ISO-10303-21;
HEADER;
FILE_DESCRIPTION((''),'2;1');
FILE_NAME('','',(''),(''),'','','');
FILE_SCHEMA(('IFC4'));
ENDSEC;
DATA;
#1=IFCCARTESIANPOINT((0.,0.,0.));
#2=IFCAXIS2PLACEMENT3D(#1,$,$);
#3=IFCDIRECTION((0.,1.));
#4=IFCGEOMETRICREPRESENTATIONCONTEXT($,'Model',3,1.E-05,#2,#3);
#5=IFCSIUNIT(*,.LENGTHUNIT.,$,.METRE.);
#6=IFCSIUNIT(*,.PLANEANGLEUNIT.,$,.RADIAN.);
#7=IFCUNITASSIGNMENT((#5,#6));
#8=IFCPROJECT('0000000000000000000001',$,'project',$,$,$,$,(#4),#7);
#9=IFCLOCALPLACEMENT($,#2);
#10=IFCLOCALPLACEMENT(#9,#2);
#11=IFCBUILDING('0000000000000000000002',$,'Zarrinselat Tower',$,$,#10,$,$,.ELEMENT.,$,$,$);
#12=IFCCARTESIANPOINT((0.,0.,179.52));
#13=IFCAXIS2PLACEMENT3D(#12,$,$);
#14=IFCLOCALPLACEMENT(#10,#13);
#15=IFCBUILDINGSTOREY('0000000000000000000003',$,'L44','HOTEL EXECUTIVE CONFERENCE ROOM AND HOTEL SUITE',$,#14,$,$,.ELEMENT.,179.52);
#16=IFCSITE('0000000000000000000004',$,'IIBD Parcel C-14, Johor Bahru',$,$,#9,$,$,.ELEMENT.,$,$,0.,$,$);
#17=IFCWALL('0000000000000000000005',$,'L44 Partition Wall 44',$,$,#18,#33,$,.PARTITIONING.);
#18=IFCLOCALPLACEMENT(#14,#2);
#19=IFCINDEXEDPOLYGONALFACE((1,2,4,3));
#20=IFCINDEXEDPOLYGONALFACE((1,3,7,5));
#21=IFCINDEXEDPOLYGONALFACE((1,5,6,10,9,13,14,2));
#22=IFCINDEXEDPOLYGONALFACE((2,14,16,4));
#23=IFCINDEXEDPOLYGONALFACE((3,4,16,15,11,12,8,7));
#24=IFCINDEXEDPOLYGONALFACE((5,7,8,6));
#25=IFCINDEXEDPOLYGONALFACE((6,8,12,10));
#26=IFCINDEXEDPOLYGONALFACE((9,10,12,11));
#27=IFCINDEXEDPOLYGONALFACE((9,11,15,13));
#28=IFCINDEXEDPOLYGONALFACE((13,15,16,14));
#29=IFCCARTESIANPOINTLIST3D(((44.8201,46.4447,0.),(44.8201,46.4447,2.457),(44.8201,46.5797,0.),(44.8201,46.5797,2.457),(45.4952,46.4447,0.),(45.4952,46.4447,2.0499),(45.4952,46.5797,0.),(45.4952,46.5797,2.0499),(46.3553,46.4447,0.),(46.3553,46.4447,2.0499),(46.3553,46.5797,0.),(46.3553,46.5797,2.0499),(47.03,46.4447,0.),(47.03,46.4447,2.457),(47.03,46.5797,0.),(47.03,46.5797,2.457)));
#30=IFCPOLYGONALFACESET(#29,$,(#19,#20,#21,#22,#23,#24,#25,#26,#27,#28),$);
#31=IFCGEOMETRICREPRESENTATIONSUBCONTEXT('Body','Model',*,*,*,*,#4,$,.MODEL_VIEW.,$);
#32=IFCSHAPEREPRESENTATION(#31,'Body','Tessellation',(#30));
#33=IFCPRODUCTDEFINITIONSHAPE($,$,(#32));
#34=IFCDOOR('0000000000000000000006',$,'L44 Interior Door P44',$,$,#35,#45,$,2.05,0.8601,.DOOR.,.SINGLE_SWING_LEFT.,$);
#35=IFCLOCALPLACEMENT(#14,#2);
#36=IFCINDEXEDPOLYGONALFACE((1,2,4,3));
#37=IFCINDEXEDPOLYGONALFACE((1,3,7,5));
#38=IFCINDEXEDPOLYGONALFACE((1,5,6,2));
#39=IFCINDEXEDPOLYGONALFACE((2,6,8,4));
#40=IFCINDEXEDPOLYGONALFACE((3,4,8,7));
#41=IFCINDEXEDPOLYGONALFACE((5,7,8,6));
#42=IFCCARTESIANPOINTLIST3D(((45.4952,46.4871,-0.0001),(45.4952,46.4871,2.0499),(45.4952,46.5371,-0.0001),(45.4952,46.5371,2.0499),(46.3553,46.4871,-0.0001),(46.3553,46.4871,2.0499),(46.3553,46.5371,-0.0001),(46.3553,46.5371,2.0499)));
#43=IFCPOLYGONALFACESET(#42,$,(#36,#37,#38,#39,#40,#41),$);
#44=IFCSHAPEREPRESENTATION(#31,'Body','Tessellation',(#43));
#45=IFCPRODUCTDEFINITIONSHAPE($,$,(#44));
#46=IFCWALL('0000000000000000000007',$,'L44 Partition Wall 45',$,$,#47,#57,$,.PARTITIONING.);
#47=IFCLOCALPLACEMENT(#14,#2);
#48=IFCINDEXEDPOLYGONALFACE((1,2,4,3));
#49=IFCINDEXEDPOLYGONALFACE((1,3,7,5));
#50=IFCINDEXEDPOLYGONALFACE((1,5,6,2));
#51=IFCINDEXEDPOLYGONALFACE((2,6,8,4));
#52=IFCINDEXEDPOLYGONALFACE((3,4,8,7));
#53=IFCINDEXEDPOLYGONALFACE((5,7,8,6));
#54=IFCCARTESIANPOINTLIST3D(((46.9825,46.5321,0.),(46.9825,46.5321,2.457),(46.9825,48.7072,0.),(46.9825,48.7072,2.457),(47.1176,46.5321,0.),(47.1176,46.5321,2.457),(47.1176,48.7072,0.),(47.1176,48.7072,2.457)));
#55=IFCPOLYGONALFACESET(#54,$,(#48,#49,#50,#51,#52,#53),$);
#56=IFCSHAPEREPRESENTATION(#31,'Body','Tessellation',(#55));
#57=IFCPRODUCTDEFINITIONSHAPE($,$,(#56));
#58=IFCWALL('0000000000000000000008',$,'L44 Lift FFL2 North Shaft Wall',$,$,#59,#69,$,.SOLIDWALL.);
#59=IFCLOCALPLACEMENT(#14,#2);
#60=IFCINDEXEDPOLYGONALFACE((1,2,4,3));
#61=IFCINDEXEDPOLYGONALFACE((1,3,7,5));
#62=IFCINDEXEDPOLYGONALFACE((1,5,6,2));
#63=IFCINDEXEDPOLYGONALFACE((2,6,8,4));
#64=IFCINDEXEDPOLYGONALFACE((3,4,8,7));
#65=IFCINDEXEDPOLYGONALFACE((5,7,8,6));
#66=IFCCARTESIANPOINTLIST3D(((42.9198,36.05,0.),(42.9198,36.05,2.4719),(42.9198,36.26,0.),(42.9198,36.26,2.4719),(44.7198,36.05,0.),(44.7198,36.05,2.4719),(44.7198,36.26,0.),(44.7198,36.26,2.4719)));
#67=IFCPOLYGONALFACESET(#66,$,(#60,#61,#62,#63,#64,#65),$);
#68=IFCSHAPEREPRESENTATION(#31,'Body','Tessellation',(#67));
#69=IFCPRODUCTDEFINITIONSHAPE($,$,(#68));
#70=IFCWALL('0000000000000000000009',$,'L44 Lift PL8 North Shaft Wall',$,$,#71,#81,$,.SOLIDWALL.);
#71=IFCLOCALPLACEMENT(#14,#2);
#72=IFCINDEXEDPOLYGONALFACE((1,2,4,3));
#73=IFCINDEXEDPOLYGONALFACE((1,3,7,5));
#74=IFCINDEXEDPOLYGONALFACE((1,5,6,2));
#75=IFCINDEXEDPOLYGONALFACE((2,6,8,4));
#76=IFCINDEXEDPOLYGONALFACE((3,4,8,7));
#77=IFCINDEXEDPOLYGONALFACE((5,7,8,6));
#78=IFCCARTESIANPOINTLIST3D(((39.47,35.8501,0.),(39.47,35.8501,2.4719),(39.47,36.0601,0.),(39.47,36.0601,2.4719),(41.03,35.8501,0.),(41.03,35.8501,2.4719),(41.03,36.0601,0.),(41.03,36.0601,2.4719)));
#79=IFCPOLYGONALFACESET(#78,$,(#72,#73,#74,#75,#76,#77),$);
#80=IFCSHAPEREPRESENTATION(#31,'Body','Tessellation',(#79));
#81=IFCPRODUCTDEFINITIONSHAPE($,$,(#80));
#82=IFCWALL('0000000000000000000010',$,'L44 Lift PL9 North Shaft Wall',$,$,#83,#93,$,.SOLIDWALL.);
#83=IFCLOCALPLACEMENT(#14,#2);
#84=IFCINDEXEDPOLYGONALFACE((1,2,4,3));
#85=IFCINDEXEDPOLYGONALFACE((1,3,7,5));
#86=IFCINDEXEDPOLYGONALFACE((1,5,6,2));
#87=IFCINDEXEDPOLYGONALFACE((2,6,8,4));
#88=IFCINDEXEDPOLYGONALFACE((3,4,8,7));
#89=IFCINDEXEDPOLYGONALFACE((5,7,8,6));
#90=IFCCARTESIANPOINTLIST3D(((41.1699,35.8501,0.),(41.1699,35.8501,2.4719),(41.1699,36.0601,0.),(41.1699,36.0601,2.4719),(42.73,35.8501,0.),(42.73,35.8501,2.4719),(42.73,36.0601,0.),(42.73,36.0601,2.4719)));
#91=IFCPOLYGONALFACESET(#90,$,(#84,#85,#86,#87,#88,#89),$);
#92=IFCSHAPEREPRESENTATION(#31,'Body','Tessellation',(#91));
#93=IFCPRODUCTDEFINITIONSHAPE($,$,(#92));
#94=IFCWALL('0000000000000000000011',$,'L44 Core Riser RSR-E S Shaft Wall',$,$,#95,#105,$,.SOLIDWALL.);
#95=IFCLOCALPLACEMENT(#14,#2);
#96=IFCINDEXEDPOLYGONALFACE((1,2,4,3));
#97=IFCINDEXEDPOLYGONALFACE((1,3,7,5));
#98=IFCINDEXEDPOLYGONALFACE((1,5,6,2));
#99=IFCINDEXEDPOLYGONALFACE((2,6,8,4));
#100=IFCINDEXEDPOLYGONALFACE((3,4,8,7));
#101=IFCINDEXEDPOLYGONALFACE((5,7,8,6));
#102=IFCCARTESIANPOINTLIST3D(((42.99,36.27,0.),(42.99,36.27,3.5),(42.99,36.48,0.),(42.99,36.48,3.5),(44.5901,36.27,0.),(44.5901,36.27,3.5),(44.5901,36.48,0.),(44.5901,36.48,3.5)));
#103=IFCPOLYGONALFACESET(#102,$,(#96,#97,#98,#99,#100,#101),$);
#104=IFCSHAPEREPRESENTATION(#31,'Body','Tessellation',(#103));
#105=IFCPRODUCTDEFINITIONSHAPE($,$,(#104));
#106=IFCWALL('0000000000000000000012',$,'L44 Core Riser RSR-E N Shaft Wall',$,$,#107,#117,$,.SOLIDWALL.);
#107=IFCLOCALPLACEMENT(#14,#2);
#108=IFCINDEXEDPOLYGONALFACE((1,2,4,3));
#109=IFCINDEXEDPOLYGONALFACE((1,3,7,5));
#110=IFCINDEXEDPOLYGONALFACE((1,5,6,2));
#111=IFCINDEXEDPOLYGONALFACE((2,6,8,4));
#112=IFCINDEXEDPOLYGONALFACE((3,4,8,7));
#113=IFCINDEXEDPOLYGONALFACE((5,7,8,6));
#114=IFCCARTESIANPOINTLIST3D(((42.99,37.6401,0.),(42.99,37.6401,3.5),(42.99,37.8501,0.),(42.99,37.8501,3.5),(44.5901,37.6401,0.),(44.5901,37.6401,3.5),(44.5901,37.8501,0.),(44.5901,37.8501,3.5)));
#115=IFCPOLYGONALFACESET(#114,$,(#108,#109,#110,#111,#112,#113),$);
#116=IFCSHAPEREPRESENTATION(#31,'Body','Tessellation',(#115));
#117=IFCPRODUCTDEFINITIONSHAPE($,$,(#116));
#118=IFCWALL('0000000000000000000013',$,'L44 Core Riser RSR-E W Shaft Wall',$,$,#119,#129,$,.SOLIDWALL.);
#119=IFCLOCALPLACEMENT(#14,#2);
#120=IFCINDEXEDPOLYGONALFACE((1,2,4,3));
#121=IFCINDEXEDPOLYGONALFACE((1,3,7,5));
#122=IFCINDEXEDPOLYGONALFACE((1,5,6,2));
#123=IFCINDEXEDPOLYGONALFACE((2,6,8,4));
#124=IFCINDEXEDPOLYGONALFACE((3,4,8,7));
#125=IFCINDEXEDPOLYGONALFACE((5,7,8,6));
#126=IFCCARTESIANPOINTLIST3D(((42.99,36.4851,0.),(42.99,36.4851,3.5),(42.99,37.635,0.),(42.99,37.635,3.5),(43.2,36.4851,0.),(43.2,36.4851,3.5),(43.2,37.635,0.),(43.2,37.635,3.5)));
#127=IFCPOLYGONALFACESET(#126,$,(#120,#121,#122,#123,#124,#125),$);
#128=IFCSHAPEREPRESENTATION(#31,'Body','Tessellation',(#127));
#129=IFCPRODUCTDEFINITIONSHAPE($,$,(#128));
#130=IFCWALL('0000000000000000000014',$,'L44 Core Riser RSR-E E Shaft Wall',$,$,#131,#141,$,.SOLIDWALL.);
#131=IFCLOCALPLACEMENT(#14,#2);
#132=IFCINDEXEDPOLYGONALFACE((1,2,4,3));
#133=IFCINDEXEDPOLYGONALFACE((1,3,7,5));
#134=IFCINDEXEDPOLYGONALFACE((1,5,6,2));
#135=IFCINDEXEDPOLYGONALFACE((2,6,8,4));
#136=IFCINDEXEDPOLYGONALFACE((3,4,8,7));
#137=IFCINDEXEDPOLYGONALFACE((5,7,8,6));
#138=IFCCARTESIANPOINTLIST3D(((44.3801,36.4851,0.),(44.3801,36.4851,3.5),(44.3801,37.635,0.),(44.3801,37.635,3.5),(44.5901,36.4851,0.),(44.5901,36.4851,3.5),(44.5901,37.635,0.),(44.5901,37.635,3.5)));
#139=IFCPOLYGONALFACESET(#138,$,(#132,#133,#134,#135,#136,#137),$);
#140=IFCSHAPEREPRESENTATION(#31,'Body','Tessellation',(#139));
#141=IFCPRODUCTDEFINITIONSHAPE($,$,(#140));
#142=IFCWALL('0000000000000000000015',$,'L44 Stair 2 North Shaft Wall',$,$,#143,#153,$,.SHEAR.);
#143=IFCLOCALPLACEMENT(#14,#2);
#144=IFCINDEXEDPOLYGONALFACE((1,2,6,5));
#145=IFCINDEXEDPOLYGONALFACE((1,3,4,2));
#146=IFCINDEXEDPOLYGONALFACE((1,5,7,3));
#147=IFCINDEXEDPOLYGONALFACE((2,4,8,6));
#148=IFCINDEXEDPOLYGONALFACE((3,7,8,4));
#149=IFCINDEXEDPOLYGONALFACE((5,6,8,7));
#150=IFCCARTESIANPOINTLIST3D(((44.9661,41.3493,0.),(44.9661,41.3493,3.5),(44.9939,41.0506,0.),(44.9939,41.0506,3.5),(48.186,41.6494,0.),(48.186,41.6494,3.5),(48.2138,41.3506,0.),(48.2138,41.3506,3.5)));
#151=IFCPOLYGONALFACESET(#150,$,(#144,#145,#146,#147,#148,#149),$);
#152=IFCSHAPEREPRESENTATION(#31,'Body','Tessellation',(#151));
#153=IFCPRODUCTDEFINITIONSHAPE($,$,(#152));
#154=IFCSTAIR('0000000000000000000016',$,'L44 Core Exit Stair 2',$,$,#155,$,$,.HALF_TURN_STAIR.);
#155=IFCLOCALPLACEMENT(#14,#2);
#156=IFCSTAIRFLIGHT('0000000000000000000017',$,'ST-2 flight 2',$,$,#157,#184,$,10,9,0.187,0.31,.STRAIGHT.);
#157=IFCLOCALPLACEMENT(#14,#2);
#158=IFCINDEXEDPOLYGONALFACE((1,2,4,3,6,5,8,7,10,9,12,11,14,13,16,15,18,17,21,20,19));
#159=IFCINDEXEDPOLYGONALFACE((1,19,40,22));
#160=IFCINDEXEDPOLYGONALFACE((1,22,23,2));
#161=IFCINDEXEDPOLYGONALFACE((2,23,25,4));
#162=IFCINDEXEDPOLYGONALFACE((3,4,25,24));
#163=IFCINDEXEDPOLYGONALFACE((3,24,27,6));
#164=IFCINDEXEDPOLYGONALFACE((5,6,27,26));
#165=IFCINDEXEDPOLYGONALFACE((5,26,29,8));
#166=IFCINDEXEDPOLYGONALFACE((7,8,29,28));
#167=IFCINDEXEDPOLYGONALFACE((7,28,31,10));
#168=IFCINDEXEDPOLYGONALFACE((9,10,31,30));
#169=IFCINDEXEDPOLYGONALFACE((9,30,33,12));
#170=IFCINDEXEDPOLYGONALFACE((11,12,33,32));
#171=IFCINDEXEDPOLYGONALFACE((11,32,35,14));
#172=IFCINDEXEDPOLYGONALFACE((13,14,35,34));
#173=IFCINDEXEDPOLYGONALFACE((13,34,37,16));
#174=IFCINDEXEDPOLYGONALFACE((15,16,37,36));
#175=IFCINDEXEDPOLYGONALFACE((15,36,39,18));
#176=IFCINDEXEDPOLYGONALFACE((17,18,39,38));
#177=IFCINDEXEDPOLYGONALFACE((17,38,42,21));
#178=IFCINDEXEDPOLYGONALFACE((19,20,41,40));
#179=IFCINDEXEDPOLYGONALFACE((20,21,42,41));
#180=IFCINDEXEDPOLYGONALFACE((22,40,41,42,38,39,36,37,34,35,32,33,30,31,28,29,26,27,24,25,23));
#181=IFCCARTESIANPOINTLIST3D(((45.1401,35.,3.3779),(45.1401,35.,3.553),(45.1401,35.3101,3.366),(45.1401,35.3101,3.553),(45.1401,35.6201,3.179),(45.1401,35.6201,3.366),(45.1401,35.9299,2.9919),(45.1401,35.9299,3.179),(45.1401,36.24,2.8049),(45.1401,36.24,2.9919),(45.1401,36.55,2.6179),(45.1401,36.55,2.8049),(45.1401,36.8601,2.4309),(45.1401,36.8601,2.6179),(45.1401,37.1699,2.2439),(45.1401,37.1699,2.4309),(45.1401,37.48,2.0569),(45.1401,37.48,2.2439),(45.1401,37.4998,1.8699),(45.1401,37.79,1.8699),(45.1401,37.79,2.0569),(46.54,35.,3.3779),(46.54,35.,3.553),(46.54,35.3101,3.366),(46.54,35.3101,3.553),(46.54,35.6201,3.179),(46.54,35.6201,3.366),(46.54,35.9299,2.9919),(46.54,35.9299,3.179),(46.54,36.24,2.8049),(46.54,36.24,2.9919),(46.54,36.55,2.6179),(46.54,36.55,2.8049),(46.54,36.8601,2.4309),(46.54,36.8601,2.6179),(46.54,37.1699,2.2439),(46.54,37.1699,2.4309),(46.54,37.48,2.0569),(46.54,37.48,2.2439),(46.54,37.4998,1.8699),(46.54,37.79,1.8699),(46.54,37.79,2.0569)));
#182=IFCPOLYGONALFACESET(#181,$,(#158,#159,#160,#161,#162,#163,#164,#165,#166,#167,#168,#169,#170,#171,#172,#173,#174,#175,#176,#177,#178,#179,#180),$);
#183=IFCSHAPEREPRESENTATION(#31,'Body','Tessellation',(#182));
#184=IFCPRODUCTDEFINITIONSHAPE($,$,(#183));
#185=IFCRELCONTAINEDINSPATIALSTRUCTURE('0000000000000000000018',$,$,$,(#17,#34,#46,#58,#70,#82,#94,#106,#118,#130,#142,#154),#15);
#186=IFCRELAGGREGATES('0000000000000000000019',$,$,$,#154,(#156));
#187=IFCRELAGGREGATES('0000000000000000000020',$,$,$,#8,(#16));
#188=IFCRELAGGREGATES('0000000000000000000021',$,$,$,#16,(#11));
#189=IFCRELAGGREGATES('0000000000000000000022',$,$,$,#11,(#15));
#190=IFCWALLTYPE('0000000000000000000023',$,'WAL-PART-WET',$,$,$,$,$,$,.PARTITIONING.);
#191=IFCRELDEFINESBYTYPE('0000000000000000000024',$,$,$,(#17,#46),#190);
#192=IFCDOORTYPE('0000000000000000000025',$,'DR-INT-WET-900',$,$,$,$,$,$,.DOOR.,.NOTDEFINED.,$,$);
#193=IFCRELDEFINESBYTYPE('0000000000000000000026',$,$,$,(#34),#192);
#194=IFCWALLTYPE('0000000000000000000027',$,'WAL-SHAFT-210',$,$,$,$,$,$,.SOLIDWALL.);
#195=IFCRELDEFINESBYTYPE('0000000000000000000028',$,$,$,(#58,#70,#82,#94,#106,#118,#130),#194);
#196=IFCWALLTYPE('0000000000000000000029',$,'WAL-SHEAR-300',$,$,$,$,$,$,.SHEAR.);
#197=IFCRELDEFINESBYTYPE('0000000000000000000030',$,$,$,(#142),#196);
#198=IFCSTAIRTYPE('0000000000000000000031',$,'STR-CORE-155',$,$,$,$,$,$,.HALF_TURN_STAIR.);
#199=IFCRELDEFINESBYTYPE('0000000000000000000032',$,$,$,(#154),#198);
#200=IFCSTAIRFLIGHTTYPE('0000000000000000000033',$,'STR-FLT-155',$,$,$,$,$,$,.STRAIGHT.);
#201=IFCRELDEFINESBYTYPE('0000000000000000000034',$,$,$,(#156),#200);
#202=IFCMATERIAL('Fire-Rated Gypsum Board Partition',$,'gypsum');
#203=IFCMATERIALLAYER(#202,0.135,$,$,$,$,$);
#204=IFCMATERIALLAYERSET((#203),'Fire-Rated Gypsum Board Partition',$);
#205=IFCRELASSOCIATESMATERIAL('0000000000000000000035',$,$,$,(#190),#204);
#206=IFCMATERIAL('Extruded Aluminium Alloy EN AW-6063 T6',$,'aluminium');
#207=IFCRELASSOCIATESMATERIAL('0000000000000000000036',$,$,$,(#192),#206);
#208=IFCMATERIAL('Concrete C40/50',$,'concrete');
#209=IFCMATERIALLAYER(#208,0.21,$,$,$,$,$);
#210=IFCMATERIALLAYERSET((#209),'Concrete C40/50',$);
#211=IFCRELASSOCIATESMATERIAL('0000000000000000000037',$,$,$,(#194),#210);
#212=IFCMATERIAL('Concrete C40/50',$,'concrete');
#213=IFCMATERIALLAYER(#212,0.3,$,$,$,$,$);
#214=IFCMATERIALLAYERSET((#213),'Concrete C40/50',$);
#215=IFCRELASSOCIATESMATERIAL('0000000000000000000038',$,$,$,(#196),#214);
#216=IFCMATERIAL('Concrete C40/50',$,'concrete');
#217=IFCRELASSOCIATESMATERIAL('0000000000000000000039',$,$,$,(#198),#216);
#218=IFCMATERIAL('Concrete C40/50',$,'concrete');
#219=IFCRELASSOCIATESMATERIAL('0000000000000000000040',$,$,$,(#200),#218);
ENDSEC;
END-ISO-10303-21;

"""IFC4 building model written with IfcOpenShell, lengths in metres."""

from ifc_helpers import new_model, si_unit, direction, frame, frame_2d, origin, place, context, subcontext, project, spatial, polyline, rectangle, outline, extrude, material, layer, layer_set, type_object, element, fill, aggregate, save


model = new_model("IFC4")

# Units and contexts
model_context = context("Model", 3, precision=1e-05, world=origin(), true_north=direction((0.0, 1.0)))
body_context = subcontext(model_context, "Body", "Model", "MODEL_VIEW")
ifc_project = project(units=[si_unit("LENGTHUNIT", "METRE"), si_unit("PLANEANGLEUNIT", "RADIAN")], contexts=[model_context])

# Site, building, storey
site_placement = place(None, origin())
site = spatial("IfcSite", under=ifc_project, at=site_placement, Name="IIBD Parcel C-14, Johor Bahru", CompositionType="ELEMENT", RefElevation=0.0)
building_placement = place(site_placement, origin())
building = spatial("IfcBuilding", under=site, at=building_placement, Name="Zarrinselat Tower", CompositionType="ELEMENT")
storey_placement = place(building_placement, frame((0.0, 0.0, 179.52)))
storey = spatial("IfcBuildingStorey", under=building, at=storey_placement, Name="L44", Description="HOTEL EXECUTIVE CONFERENCE ROOM AND HOTEL SUITE", CompositionType="ELEMENT", Elevation=179.52)

# Shared definitions
ifc_material_1 = material(Name="Fire-Rated Gypsum Board Partition", Category="gypsum")
ifc_layer_1 = layer(ifc_material_1, 0.135)
ifc_layer_set_1 = layer_set([ifc_layer_1], Name="Fire-Rated Gypsum Board Partition")
wall_type_1 = type_object("IfcWallType", Name="WAL-PART-WET", PredefinedType="PARTITIONING", material=ifc_layer_set_1)

# Wall, opening, door
wall_1_placement = place(storey_placement, frame((44.8201, 46.5122, 0.0), z_axis=(0.0, 0.0, 1.0), x_axis=(1.0, 0.0, 0.0)))
wall_1 = element("IfcWall", 1, at=wall_1_placement, inside=storey, type_object=wall_type_1, Name="L44 Partition Wall 44", PredefinedType="PARTITIONING", context=body_context, shape_type="SweptSolid", body=[
    extrude(rectangle(XDim=2.21, YDim=0.135, at=frame_2d((1.105, 0.0))), origin(), (0.0, 0.0, 1.0), 2.457),
])
opening_placement = place(wall_1_placement, frame((0.675, 0.0, 0.0)))
opening = element("IfcOpeningElement", 2, at=opening_placement, cuts=wall_1, PredefinedType="OPENING", context=body_context, shape_type="SweptSolid", body=[
    extrude(rectangle(XDim=0.8601, YDim=2.05, at=frame_2d((0.4302, 1.0249))), frame((0.0, 0.0774, 0.0), z_axis=(0.0, -1.0, 0.0), x_axis=(1.0, 0.0, 0.0)), (0.0, 0.0, 1.0), 0.155),
])
ifc_material_2 = material(Name="Extruded Aluminium Alloy EN AW-6063 T6", Category="aluminium")
door_type = type_object("IfcDoorType", Name="DR-INT-WET-900", OperationType="NOTDEFINED", PredefinedType="DOOR", material=ifc_material_2)
door_placement = place(opening_placement, origin())
door = element("IfcDoor", 3, at=door_placement, inside=storey, type_object=door_type, Name="L44 Interior Door P44", OperationType="SINGLE_SWING_LEFT", OverallHeight=2.05, OverallWidth=0.8601, PredefinedType="DOOR", context=body_context, shape_type="SweptSolid", body=[
    extrude(rectangle(XDim=0.8601, YDim=2.05, at=frame_2d((0.4302, 1.0249))), frame((0.0, 0.0249, 0.0), z_axis=(0.0, -1.0, 0.0), x_axis=(1.0, 0.0, 0.0)), (0.0, 0.0, 1.0), 0.05),
])
fill(opening, door)

# Walls
wall_2_placement = place(storey_placement, frame((47.05, 46.5322, 0.0), z_axis=(0.0, 0.0, 1.0), x_axis=(0.0, 1.0, 0.0)))
element("IfcWall", 4, at=wall_2_placement, inside=storey, type_object=wall_type_1, Name="L44 Partition Wall 45", PredefinedType="PARTITIONING", context=body_context, shape_type="SweptSolid", body=[
    extrude(rectangle(XDim=2.175, YDim=0.135, at=frame_2d((1.0874, 0.0))), origin(), (0.0, 0.0, 1.0), 2.457),
])
ifc_material_3 = material(Name="Concrete C40/50", Category="concrete")
ifc_layer_2 = layer(ifc_material_3, 0.21)
ifc_layer_set_2 = layer_set([ifc_layer_2], Name="Concrete C40/50")
wall_type_2 = type_object("IfcWallType", Name="WAL-SHAFT-210", PredefinedType="SOLIDWALL", material=ifc_layer_set_2)
wall_3_placement = place(storey_placement, frame((42.9199, 36.155, 0.0), z_axis=(0.0, 0.0, 1.0), x_axis=(1.0, 0.0, 0.0)))
element("IfcWall", 5, at=wall_3_placement, inside=storey, type_object=wall_type_2, Name="L44 Lift FFL2 North Shaft Wall", PredefinedType="SOLIDWALL", context=body_context, shape_type="SweptSolid", body=[
    extrude(rectangle(XDim=1.8, YDim=0.21, at=frame_2d((0.8999, 0.0))), origin(), (0.0, 0.0, 1.0), 2.4719),
])
for number, where, z_axis, x_axis, name in (
    (6, (39.47, 35.9551, 0.0), (0.0, 0.0, 1.0), (1.0, 0.0, 0.0), "L44 Lift PL8 North Shaft Wall"),
    (7, (41.1699, 35.9551, 0.0), (0.0, 0.0, 1.0), (1.0, 0.0, 0.0), "L44 Lift PL9 North Shaft Wall"),
):
    element("IfcWall", number, at=place(storey_placement, frame(where, z_axis=z_axis, x_axis=x_axis)), inside=storey, type_object=wall_type_2, Name=name, PredefinedType="SOLIDWALL", context=body_context, shape_type="SweptSolid", body=[
        extrude(rectangle(XDim=1.5601, YDim=0.21, at=frame_2d((0.78, 0.0))), origin(), (0.0, 0.0, 1.0), 2.4719),
    ])
for number, where, z_axis, x_axis, name in (
    (8, (42.99, 36.375, 0.0), (0.0, 0.0, 1.0), (1.0, 0.0, 0.0), "L44 Core Riser RSR-E S Shaft Wall"),
    (9, (42.99, 37.7451, 0.0), (0.0, 0.0, 1.0), (1.0, 0.0, 0.0), "L44 Core Riser RSR-E N Shaft Wall"),
):
    element("IfcWall", number, at=place(storey_placement, frame(where, z_axis=z_axis, x_axis=x_axis)), inside=storey, type_object=wall_type_2, Name=name, PredefinedType="SOLIDWALL", context=body_context, shape_type="SweptSolid", body=[
        extrude(rectangle(XDim=1.6001, YDim=0.21, at=frame_2d((0.8, 0.0))), origin(), (0.0, 0.0, 1.0), 3.5),
    ])
for number, where, z_axis, x_axis, name in (
    (10, (43.095, 36.4851, 0.0), (0.0, 0.0, 1.0), (0.0, 1.0, 0.0), "L44 Core Riser RSR-E W Shaft Wall"),
    (11, (44.4851, 36.4851, 0.0), (0.0, 0.0, 1.0), (0.0, 1.0, 0.0), "L44 Core Riser RSR-E E Shaft Wall"),
):
    element("IfcWall", number, at=place(storey_placement, frame(where, z_axis=z_axis, x_axis=x_axis)), inside=storey, type_object=wall_type_2, Name=name, PredefinedType="SOLIDWALL", context=body_context, shape_type="SweptSolid", body=[
        extrude(rectangle(XDim=1.1499, YDim=0.21, at=frame_2d((0.575, 0.0))), origin(), (0.0, 0.0, 1.0), 3.5),
    ])
ifc_material_4 = material(Name="Concrete C40/50", Category="concrete")
ifc_layer_3 = layer(ifc_material_4, 0.3)
ifc_layer_set_3 = layer_set([ifc_layer_3], Name="Concrete C40/50")
wall_type_3 = type_object("IfcWallType", Name="WAL-SHEAR-300", PredefinedType="SHEAR", material=ifc_layer_set_3)
wall_4_placement = place(storey_placement, frame((44.98, 41.2, 0.0), z_axis=(0.0, 0.0, 1.0), x_axis=(0.995686, 0.092782, 0.0)))
element("IfcWall", 12, at=wall_4_placement, inside=storey, type_object=wall_type_3, Name="L44 Stair 2 North Shaft Wall", PredefinedType="SHEAR", context=body_context, shape_type="SweptSolid", body=[
    extrude(rectangle(XDim=3.2339, YDim=0.3, at=frame_2d((1.6169, 0.0))), origin(), (0.0, 0.0, 1.0), 3.5),
])

# Stair, stair flight
ifc_material_5 = material(Name="Concrete C40/50", Category="concrete")
stair_type = type_object("IfcStairType", Name="STR-CORE-155", PredefinedType="HALF_TURN_STAIR", material=ifc_material_5)
stair_placement = place(storey_placement, origin())
stair = element("IfcStair", 13, at=stair_placement, inside=storey, type_object=stair_type, Name="L44 Core Exit Stair 2", PredefinedType="HALF_TURN_STAIR")
ifc_material_6 = material(Name="Concrete C40/50", Category="concrete")
stair_flight_type = type_object("IfcStairFlightType", Name="STR-FLT-155", PredefinedType="STRAIGHT", material=ifc_material_6)
stair_flight_placement = place(storey_placement, frame((45.8401, 37.79, 1.8699), z_axis=(0.0, 0.0, 1.0), x_axis=(0.0, -1.0, 0.0)))
stair_flight = element("IfcStairFlight", 14, at=stair_flight_placement, type_object=stair_flight_type, Name="ST-2 flight 2", NumberOfRisers=10, NumberOfTreads=9, PredefinedType="STRAIGHT", RiserHeight=0.187, TreadLength=0.31, context=body_context, shape_type="SweptSolid", body=[
    extrude(outline(polyline([(0.0, 0.0), (0.0, 0.187), (0.3101, 0.187), (0.3101, 0.374), (0.6201, 0.374), (0.6201, 0.561), (0.9299, 0.561), (0.9299, 0.748), (1.24, 0.748), (1.24, 0.9351), (1.55, 0.9351), (1.55, 1.1221), (1.8601, 1.1221), (1.8601, 1.3091), (2.1699, 1.3091), (2.1699, 1.4961), (2.48, 1.4961), (2.48, 1.6831), (2.79, 1.6831), (2.79, 1.8701), (2.79, 1.5081), (0.2903, 0.0), (0.0, 0.0)])), frame((0.0, 0.7, 0.0), z_axis=(0.0, -1.0, 0.0), x_axis=(1.0, 0.0, 0.0)), (0.0, 0.0, 1.0), 1.3999),
])
aggregate(stair, [stair_flight])

save(model, "model.ifc")
